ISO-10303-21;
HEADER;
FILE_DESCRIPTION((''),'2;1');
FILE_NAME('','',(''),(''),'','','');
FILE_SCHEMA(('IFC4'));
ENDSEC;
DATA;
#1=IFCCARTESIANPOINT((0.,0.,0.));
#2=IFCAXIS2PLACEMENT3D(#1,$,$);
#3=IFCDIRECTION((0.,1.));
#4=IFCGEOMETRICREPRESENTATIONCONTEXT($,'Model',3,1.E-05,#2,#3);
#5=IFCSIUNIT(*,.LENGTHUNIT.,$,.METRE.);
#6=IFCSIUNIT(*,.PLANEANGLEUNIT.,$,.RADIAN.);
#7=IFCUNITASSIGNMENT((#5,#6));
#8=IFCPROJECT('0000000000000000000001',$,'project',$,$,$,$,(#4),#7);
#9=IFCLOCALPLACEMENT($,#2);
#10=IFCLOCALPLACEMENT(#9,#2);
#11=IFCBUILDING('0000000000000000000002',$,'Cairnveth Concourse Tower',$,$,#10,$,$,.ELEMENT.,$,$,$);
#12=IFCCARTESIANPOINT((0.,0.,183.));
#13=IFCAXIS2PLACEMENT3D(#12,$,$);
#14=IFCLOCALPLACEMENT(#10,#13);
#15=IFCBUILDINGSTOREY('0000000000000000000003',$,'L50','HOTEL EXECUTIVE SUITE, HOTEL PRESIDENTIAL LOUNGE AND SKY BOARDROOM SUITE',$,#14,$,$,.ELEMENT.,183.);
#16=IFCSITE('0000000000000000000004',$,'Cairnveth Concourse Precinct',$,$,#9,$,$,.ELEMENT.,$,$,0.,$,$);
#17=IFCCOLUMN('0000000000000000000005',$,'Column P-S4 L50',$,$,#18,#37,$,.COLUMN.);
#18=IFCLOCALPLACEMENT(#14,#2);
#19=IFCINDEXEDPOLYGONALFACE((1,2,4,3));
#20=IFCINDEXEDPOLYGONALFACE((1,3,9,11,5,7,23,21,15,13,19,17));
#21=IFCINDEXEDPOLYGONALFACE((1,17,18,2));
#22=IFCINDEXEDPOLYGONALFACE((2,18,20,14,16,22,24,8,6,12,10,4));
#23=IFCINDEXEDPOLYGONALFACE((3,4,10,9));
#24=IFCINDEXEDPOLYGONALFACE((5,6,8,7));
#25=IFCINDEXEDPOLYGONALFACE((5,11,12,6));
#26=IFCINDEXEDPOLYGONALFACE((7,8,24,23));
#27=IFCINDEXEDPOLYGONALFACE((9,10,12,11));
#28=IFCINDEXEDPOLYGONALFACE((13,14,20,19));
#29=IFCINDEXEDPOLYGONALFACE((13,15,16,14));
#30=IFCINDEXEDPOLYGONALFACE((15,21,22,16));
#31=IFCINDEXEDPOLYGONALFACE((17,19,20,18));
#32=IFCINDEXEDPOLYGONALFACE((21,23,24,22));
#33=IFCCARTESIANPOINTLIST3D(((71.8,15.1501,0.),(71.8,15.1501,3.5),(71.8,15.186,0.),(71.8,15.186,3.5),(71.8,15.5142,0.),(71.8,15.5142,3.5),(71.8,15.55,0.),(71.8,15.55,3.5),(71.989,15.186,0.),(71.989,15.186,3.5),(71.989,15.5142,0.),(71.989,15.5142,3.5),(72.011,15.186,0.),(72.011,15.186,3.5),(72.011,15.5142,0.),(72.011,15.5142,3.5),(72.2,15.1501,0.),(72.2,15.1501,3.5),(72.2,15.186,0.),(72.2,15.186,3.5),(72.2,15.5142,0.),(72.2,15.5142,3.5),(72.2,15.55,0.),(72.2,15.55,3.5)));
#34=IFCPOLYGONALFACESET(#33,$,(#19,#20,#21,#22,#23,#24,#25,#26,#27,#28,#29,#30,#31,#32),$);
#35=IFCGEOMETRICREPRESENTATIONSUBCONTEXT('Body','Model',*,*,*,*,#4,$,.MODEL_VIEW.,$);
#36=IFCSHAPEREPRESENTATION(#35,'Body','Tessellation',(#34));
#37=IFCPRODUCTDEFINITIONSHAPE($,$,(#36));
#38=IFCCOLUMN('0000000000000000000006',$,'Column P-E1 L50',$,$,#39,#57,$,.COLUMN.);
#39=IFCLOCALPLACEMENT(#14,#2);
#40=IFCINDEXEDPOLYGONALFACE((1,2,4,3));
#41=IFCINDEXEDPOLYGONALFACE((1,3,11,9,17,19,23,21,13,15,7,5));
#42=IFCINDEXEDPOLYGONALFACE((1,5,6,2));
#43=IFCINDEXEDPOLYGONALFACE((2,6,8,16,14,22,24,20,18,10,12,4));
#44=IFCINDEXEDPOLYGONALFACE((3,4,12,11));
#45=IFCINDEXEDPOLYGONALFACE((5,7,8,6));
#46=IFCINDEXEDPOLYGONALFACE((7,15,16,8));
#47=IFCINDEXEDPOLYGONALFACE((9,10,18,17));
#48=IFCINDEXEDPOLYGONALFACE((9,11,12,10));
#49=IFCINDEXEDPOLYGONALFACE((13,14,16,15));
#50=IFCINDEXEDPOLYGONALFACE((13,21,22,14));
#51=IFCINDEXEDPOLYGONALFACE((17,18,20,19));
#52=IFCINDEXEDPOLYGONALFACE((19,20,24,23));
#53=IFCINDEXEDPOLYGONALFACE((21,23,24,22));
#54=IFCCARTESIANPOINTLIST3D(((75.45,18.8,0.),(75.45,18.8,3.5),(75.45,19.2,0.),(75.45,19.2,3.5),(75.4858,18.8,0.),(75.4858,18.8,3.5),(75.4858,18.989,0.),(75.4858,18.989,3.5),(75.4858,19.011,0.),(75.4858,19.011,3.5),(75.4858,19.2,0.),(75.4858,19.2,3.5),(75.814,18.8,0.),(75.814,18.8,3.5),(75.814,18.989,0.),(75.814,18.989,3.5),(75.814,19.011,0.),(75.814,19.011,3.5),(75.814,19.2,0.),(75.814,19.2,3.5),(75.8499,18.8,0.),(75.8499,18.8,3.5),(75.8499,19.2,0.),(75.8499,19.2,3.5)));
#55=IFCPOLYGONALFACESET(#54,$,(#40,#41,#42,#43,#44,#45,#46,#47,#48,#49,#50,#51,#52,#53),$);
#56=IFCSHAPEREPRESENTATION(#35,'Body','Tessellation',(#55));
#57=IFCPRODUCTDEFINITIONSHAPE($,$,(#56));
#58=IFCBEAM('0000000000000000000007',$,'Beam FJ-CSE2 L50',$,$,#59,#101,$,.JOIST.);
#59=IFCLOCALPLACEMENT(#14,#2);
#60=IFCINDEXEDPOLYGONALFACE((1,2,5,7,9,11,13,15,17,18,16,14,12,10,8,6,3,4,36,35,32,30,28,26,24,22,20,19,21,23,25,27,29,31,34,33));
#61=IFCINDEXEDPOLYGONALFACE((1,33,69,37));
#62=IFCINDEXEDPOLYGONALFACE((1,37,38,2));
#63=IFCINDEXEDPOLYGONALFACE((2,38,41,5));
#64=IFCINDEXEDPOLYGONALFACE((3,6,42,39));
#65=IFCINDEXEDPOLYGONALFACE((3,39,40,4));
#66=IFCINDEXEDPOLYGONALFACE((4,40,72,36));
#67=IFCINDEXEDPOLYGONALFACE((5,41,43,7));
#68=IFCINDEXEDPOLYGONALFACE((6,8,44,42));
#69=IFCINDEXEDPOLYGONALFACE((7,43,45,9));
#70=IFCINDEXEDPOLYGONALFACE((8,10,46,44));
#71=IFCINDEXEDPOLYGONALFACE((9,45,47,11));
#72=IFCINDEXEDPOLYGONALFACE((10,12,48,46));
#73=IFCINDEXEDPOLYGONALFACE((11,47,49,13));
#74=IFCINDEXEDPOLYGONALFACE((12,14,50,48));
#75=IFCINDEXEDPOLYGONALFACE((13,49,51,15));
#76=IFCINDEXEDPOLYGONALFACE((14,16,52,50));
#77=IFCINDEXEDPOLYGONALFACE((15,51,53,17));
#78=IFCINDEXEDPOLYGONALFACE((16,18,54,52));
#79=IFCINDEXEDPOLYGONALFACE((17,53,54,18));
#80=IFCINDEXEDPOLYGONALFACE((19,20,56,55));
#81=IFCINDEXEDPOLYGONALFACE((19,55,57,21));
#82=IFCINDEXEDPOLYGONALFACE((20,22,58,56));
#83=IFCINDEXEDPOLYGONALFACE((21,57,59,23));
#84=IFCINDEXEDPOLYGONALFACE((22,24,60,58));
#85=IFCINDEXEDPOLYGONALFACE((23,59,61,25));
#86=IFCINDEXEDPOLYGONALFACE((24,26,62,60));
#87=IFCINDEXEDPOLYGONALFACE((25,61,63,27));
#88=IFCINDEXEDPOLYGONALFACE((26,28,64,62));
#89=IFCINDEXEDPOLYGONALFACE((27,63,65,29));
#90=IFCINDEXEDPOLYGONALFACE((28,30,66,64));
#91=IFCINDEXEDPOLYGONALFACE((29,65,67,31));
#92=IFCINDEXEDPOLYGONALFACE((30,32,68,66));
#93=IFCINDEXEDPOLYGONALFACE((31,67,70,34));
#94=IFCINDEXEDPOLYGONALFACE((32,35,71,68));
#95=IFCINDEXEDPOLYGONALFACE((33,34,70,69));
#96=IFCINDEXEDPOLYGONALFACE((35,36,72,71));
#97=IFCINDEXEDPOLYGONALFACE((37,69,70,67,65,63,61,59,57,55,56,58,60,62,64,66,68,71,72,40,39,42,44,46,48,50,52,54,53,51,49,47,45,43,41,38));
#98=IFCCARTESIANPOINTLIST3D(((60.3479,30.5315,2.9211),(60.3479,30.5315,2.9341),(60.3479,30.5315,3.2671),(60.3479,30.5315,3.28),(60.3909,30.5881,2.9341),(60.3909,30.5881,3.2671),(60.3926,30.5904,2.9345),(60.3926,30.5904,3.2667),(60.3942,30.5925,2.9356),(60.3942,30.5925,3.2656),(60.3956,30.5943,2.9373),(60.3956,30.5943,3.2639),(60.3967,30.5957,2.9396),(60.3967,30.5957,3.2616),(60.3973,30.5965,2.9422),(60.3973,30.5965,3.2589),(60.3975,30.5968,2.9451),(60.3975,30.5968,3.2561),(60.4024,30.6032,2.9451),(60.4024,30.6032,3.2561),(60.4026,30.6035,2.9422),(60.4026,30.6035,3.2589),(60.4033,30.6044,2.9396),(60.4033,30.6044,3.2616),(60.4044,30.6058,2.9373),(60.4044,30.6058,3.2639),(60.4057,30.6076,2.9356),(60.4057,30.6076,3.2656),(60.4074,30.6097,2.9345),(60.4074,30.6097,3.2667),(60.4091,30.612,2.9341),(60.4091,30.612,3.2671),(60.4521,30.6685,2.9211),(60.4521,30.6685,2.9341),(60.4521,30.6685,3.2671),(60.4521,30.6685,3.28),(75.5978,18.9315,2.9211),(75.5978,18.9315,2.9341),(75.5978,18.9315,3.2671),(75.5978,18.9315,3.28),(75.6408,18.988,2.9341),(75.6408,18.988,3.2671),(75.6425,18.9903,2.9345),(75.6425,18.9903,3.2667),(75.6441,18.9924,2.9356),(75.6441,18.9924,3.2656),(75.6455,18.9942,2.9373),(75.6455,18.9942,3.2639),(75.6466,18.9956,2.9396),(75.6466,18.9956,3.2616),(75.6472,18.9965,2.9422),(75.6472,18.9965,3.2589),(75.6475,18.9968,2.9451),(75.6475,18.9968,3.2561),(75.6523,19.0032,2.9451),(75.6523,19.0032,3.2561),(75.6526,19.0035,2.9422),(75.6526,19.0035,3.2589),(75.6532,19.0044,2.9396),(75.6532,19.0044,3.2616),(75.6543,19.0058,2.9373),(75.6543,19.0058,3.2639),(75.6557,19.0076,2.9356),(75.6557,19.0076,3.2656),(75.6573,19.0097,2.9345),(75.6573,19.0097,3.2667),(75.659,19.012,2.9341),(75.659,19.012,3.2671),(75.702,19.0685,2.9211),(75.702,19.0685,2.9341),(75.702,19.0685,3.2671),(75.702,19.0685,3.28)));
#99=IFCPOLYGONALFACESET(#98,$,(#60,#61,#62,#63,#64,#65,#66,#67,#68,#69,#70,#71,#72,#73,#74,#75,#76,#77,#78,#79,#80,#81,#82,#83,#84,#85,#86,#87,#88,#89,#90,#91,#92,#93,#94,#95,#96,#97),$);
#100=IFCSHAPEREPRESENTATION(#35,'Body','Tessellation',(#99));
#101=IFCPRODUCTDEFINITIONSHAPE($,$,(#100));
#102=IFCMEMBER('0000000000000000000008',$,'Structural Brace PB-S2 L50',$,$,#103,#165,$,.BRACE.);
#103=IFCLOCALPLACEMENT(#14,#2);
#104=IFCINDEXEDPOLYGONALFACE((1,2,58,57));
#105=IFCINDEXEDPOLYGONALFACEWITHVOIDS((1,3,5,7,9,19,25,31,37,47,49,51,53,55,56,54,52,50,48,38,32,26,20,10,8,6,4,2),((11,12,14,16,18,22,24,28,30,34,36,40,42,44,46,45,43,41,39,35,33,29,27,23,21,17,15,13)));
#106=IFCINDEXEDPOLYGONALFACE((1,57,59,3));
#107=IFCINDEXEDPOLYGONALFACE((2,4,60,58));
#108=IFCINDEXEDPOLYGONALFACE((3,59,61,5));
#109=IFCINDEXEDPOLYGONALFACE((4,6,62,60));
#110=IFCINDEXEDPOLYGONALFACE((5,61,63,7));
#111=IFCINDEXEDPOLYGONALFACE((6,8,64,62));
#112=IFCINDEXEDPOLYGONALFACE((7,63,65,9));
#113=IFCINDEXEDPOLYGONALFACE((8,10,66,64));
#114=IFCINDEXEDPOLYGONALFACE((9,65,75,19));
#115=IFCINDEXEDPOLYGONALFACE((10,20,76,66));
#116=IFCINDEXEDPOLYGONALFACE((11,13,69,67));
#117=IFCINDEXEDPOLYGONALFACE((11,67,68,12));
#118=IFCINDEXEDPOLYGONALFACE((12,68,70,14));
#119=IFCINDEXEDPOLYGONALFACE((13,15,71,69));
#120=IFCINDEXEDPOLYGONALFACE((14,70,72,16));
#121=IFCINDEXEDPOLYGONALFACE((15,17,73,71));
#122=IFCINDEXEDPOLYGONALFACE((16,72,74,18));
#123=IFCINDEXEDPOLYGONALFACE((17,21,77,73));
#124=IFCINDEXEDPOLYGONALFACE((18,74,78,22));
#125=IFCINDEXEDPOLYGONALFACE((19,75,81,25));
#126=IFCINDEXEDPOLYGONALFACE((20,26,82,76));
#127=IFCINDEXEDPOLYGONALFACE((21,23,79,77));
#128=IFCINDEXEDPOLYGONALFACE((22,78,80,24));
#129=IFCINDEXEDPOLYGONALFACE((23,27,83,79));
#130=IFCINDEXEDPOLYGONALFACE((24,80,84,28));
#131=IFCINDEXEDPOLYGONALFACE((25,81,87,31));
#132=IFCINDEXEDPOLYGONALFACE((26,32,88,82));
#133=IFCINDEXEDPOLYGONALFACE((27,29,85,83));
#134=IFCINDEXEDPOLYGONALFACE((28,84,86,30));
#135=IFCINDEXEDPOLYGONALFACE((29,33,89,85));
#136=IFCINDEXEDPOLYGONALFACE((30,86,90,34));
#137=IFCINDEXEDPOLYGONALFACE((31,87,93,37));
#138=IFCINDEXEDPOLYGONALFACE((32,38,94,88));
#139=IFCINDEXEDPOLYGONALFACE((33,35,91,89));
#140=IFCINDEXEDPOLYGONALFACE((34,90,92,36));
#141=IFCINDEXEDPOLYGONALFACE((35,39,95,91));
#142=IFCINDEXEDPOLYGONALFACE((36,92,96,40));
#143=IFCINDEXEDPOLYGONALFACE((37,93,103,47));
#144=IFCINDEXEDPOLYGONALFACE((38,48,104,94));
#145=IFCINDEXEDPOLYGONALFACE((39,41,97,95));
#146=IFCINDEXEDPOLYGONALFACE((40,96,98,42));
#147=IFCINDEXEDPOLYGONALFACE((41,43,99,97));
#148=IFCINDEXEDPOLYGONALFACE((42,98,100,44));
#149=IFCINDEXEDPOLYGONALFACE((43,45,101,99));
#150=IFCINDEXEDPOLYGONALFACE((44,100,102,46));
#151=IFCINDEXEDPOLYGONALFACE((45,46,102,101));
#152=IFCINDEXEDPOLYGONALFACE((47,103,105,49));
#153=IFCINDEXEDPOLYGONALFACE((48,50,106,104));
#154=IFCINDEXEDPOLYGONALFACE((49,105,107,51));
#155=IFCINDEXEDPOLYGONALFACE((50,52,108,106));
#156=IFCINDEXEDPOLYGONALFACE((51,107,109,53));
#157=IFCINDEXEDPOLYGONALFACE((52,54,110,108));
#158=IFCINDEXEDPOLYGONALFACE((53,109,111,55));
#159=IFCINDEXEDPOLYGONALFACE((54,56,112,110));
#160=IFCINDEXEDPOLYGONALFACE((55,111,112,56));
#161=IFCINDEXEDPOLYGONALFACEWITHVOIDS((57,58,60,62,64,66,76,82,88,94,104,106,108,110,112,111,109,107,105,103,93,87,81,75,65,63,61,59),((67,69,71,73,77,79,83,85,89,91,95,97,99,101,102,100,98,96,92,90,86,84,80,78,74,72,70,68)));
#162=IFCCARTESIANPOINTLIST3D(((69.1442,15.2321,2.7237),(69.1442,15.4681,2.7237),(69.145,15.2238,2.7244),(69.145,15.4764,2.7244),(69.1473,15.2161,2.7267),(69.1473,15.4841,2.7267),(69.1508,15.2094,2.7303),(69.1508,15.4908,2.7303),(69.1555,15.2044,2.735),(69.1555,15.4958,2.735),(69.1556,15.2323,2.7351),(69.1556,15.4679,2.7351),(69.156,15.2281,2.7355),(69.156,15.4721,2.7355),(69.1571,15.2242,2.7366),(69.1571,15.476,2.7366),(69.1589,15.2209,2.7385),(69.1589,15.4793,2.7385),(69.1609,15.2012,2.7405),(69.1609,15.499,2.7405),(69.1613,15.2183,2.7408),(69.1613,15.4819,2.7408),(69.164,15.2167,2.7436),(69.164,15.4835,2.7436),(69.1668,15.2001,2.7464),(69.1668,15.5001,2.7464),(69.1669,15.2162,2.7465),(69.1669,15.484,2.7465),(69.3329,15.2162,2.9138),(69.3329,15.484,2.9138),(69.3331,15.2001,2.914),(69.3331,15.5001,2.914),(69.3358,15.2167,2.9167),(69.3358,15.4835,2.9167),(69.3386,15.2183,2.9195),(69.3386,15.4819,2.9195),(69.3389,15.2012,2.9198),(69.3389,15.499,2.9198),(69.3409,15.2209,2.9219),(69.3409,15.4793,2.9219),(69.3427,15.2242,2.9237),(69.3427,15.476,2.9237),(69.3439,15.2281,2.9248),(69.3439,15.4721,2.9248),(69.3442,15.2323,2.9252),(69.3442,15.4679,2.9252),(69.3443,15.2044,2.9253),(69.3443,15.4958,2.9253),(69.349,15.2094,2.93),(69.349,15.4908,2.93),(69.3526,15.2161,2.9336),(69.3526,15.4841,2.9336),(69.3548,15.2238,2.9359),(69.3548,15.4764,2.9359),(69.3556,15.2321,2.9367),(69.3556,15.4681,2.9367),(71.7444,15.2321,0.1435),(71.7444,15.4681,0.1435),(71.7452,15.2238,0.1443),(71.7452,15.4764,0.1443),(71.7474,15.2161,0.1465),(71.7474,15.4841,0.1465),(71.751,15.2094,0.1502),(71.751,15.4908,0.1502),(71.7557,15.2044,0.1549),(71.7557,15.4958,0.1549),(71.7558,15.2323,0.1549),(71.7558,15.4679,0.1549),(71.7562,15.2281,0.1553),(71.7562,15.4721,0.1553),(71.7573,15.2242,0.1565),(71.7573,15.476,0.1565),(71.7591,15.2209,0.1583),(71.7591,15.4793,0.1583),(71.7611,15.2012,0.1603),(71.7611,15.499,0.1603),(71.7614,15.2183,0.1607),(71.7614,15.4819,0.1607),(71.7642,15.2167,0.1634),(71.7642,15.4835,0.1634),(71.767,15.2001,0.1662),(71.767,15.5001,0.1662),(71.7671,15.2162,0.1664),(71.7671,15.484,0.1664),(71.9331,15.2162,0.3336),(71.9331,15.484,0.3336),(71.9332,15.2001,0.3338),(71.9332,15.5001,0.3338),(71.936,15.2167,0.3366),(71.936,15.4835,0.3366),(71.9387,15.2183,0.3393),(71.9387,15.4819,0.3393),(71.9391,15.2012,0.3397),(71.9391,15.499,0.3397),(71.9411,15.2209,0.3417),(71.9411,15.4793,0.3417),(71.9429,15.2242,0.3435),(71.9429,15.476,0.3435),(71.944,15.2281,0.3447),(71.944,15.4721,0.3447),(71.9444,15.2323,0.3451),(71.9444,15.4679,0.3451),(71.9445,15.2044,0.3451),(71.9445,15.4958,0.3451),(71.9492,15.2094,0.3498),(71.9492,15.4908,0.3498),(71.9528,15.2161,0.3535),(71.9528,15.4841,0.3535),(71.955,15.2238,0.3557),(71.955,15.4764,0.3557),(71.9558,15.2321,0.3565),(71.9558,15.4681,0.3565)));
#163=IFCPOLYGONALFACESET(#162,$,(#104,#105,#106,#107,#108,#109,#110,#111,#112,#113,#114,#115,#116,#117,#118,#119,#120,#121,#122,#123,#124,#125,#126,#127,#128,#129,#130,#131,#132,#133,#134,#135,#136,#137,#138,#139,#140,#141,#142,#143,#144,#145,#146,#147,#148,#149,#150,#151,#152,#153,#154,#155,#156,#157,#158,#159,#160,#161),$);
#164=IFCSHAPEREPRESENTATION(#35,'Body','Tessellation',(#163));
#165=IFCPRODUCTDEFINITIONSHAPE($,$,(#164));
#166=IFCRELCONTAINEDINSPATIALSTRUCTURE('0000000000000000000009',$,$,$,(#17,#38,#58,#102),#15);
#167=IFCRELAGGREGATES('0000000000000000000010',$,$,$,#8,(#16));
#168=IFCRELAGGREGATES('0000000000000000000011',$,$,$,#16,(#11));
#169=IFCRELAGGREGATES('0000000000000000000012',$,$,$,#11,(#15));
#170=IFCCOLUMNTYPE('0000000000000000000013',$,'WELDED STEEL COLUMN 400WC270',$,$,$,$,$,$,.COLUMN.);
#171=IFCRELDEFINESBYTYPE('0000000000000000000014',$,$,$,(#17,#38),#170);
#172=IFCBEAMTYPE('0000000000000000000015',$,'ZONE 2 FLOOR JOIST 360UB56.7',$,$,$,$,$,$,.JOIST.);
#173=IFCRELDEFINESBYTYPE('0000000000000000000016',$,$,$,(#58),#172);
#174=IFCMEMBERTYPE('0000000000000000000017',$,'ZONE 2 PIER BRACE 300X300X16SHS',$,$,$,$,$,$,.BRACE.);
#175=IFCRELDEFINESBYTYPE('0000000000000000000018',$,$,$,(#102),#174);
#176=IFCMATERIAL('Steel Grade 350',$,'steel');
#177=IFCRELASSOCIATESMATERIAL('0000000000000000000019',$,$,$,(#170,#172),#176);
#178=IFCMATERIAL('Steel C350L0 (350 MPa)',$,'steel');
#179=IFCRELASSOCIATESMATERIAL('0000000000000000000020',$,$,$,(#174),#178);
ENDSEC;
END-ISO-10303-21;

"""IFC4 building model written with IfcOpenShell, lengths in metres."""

from ifc_helpers import new_model, si_unit, direction, frame, origin, origin_2d, place, context, subcontext, project, spatial, hollow_rectangle, i_section, extrude, material, material_profile, profile_set, type_object, element, save


model = new_model("IFC4")

# Units and contexts
model_context = context("Model", 3, precision=1e-05, world=origin(), true_north=direction((0.0, 1.0)))
body_context = subcontext(model_context, "Body", "Model", "MODEL_VIEW")
ifc_project = project(units=[si_unit("LENGTHUNIT", "METRE"), si_unit("PLANEANGLEUNIT", "RADIAN")], contexts=[model_context])

# Site, building, storey
site_placement = place(None, origin())
site = spatial("IfcSite", under=ifc_project, at=site_placement, Name="Cairnveth Concourse Precinct", CompositionType="ELEMENT", RefElevation=0.0)
building_placement = place(site_placement, origin())
building = spatial("IfcBuilding", under=site, at=building_placement, Name="Cairnveth Concourse Tower", CompositionType="ELEMENT")
storey_placement = place(building_placement, frame((0.0, 0.0, 183.0)))
storey = spatial("IfcBuildingStorey", under=building, at=storey_placement, Name="L50", Description="HOTEL EXECUTIVE SUITE, HOTEL PRESIDENTIAL LOUNGE AND SKY BOARDROOM SUITE", CompositionType="ELEMENT", Elevation=183.0)

# Columns
ifc_material_1 = material(Name="Steel Grade 350", Category="steel")
ifc_material_profile_1 = material_profile(ifc_material_1, i_section(OverallWidth=0.3999, OverallDepth=0.3999, WebThickness=0.022, FlangeThickness=0.0359, at=origin_2d()), Name="400WC270")
ifc_profile_set_1 = profile_set([ifc_material_profile_1], Name="Steel Grade 350")
column_type = type_object("IfcColumnType", Name="WELDED STEEL COLUMN 400WC270", PredefinedType="COLUMN", material=ifc_profile_set_1)
for number, where, z_axis, x_axis, name in (
    (1, (72.0, 15.3501, 0.0), (0.0, 0.0, 1.0), (1.0, 0.0, 0.0), "Column P-S4 L50"),
    (2, (75.6499, 19.0, 0.0), (0.0, 0.0, 1.0), (0.0, 1.0, 0.0), "Column P-E1 L50"),
):
    element("IfcColumn", number, at=place(storey_placement, frame(where, z_axis=z_axis, x_axis=x_axis)), inside=storey, type_object=column_type, Name=name, PredefinedType="COLUMN", context=body_context, shape_type="SweptSolid", body=[
        extrude(i_section(OverallWidth=0.3999, OverallDepth=0.3999, WebThickness=0.022, FlangeThickness=0.0359, at=origin_2d()), origin(), (0.0, 0.0, 1.0), 3.5),
    ])

# Beam
ifc_material_profile_2 = material_profile(ifc_material_1, i_section(OverallWidth=0.1721, OverallDepth=0.3589, WebThickness=0.0081, FlangeThickness=0.0129, FilletRadius=0.011, at=origin_2d()), Name="360UB56.7")
ifc_profile_set_2 = profile_set([ifc_material_profile_2], Name="Steel Grade 350")
beam_type_1 = type_object("IfcBeamType", Name="ZONE 2 FLOOR JOIST 360UB56.7", PredefinedType="JOIST", material=ifc_profile_set_2)
beam_1_placement = place(storey_placement, frame((75.6499, 19.0, 3.1006), z_axis=(-0.795908, 0.605417, 0.0), x_axis=(-0.605417, -0.795908, 0.0)))
element("IfcBeam", 3, at=beam_1_placement, inside=storey, type_object=beam_type_1, Name="Beam FJ-CSE2 L50", PredefinedType="JOIST", context=body_context, shape_type="SweptSolid", body=[
    extrude(i_section(OverallWidth=0.1721, OverallDepth=0.3589, WebThickness=0.0081, FlangeThickness=0.0129, FilletRadius=0.011, at=origin_2d()), origin(), (0.0, 0.0, 1.0), 19.1604),
])

# Member
ifc_material_2 = material(Name="Steel C350L0 (350 MPa)", Category="steel")
ifc_material_profile_3 = material_profile(ifc_material_2, hollow_rectangle(XDim=0.3, YDim=0.3, WallThickness=0.0161, InnerFilletRadius=0.0161, OuterFilletRadius=0.032, at=origin_2d()), Name="300x300x16.0SHS")
ifc_profile_set_3 = profile_set([ifc_material_profile_3], Name="Steel C350L0 (350 MPa)")
member_type = type_object("IfcMemberType", Name="ZONE 2 PIER BRACE 300X300X16SHS", PredefinedType="BRACE", material=ifc_profile_set_3)
for number, where, z_axis, x_axis, name in (
    (4, (71.8501, 15.3501, 0.25), (-0.709834, 0.0, 0.704369), (0.0, -1.0, 0.0), "Structural Brace PB-S2 L50"),
):
    element("IfcMember", number, at=place(storey_placement, frame(where, z_axis=z_axis, x_axis=x_axis)), inside=storey, type_object=member_type, Name=name, PredefinedType="BRACE", context=body_context, shape_type="SweptSolid", body=[
        extrude(hollow_rectangle(XDim=0.3, YDim=0.3, WallThickness=0.0161, InnerFilletRadius=0.0161, OuterFilletRadius=0.032, at=origin_2d()), origin(), (0.0, 0.0, 1.0), 3.6631),
    ])

save(model, "model.ifc")
